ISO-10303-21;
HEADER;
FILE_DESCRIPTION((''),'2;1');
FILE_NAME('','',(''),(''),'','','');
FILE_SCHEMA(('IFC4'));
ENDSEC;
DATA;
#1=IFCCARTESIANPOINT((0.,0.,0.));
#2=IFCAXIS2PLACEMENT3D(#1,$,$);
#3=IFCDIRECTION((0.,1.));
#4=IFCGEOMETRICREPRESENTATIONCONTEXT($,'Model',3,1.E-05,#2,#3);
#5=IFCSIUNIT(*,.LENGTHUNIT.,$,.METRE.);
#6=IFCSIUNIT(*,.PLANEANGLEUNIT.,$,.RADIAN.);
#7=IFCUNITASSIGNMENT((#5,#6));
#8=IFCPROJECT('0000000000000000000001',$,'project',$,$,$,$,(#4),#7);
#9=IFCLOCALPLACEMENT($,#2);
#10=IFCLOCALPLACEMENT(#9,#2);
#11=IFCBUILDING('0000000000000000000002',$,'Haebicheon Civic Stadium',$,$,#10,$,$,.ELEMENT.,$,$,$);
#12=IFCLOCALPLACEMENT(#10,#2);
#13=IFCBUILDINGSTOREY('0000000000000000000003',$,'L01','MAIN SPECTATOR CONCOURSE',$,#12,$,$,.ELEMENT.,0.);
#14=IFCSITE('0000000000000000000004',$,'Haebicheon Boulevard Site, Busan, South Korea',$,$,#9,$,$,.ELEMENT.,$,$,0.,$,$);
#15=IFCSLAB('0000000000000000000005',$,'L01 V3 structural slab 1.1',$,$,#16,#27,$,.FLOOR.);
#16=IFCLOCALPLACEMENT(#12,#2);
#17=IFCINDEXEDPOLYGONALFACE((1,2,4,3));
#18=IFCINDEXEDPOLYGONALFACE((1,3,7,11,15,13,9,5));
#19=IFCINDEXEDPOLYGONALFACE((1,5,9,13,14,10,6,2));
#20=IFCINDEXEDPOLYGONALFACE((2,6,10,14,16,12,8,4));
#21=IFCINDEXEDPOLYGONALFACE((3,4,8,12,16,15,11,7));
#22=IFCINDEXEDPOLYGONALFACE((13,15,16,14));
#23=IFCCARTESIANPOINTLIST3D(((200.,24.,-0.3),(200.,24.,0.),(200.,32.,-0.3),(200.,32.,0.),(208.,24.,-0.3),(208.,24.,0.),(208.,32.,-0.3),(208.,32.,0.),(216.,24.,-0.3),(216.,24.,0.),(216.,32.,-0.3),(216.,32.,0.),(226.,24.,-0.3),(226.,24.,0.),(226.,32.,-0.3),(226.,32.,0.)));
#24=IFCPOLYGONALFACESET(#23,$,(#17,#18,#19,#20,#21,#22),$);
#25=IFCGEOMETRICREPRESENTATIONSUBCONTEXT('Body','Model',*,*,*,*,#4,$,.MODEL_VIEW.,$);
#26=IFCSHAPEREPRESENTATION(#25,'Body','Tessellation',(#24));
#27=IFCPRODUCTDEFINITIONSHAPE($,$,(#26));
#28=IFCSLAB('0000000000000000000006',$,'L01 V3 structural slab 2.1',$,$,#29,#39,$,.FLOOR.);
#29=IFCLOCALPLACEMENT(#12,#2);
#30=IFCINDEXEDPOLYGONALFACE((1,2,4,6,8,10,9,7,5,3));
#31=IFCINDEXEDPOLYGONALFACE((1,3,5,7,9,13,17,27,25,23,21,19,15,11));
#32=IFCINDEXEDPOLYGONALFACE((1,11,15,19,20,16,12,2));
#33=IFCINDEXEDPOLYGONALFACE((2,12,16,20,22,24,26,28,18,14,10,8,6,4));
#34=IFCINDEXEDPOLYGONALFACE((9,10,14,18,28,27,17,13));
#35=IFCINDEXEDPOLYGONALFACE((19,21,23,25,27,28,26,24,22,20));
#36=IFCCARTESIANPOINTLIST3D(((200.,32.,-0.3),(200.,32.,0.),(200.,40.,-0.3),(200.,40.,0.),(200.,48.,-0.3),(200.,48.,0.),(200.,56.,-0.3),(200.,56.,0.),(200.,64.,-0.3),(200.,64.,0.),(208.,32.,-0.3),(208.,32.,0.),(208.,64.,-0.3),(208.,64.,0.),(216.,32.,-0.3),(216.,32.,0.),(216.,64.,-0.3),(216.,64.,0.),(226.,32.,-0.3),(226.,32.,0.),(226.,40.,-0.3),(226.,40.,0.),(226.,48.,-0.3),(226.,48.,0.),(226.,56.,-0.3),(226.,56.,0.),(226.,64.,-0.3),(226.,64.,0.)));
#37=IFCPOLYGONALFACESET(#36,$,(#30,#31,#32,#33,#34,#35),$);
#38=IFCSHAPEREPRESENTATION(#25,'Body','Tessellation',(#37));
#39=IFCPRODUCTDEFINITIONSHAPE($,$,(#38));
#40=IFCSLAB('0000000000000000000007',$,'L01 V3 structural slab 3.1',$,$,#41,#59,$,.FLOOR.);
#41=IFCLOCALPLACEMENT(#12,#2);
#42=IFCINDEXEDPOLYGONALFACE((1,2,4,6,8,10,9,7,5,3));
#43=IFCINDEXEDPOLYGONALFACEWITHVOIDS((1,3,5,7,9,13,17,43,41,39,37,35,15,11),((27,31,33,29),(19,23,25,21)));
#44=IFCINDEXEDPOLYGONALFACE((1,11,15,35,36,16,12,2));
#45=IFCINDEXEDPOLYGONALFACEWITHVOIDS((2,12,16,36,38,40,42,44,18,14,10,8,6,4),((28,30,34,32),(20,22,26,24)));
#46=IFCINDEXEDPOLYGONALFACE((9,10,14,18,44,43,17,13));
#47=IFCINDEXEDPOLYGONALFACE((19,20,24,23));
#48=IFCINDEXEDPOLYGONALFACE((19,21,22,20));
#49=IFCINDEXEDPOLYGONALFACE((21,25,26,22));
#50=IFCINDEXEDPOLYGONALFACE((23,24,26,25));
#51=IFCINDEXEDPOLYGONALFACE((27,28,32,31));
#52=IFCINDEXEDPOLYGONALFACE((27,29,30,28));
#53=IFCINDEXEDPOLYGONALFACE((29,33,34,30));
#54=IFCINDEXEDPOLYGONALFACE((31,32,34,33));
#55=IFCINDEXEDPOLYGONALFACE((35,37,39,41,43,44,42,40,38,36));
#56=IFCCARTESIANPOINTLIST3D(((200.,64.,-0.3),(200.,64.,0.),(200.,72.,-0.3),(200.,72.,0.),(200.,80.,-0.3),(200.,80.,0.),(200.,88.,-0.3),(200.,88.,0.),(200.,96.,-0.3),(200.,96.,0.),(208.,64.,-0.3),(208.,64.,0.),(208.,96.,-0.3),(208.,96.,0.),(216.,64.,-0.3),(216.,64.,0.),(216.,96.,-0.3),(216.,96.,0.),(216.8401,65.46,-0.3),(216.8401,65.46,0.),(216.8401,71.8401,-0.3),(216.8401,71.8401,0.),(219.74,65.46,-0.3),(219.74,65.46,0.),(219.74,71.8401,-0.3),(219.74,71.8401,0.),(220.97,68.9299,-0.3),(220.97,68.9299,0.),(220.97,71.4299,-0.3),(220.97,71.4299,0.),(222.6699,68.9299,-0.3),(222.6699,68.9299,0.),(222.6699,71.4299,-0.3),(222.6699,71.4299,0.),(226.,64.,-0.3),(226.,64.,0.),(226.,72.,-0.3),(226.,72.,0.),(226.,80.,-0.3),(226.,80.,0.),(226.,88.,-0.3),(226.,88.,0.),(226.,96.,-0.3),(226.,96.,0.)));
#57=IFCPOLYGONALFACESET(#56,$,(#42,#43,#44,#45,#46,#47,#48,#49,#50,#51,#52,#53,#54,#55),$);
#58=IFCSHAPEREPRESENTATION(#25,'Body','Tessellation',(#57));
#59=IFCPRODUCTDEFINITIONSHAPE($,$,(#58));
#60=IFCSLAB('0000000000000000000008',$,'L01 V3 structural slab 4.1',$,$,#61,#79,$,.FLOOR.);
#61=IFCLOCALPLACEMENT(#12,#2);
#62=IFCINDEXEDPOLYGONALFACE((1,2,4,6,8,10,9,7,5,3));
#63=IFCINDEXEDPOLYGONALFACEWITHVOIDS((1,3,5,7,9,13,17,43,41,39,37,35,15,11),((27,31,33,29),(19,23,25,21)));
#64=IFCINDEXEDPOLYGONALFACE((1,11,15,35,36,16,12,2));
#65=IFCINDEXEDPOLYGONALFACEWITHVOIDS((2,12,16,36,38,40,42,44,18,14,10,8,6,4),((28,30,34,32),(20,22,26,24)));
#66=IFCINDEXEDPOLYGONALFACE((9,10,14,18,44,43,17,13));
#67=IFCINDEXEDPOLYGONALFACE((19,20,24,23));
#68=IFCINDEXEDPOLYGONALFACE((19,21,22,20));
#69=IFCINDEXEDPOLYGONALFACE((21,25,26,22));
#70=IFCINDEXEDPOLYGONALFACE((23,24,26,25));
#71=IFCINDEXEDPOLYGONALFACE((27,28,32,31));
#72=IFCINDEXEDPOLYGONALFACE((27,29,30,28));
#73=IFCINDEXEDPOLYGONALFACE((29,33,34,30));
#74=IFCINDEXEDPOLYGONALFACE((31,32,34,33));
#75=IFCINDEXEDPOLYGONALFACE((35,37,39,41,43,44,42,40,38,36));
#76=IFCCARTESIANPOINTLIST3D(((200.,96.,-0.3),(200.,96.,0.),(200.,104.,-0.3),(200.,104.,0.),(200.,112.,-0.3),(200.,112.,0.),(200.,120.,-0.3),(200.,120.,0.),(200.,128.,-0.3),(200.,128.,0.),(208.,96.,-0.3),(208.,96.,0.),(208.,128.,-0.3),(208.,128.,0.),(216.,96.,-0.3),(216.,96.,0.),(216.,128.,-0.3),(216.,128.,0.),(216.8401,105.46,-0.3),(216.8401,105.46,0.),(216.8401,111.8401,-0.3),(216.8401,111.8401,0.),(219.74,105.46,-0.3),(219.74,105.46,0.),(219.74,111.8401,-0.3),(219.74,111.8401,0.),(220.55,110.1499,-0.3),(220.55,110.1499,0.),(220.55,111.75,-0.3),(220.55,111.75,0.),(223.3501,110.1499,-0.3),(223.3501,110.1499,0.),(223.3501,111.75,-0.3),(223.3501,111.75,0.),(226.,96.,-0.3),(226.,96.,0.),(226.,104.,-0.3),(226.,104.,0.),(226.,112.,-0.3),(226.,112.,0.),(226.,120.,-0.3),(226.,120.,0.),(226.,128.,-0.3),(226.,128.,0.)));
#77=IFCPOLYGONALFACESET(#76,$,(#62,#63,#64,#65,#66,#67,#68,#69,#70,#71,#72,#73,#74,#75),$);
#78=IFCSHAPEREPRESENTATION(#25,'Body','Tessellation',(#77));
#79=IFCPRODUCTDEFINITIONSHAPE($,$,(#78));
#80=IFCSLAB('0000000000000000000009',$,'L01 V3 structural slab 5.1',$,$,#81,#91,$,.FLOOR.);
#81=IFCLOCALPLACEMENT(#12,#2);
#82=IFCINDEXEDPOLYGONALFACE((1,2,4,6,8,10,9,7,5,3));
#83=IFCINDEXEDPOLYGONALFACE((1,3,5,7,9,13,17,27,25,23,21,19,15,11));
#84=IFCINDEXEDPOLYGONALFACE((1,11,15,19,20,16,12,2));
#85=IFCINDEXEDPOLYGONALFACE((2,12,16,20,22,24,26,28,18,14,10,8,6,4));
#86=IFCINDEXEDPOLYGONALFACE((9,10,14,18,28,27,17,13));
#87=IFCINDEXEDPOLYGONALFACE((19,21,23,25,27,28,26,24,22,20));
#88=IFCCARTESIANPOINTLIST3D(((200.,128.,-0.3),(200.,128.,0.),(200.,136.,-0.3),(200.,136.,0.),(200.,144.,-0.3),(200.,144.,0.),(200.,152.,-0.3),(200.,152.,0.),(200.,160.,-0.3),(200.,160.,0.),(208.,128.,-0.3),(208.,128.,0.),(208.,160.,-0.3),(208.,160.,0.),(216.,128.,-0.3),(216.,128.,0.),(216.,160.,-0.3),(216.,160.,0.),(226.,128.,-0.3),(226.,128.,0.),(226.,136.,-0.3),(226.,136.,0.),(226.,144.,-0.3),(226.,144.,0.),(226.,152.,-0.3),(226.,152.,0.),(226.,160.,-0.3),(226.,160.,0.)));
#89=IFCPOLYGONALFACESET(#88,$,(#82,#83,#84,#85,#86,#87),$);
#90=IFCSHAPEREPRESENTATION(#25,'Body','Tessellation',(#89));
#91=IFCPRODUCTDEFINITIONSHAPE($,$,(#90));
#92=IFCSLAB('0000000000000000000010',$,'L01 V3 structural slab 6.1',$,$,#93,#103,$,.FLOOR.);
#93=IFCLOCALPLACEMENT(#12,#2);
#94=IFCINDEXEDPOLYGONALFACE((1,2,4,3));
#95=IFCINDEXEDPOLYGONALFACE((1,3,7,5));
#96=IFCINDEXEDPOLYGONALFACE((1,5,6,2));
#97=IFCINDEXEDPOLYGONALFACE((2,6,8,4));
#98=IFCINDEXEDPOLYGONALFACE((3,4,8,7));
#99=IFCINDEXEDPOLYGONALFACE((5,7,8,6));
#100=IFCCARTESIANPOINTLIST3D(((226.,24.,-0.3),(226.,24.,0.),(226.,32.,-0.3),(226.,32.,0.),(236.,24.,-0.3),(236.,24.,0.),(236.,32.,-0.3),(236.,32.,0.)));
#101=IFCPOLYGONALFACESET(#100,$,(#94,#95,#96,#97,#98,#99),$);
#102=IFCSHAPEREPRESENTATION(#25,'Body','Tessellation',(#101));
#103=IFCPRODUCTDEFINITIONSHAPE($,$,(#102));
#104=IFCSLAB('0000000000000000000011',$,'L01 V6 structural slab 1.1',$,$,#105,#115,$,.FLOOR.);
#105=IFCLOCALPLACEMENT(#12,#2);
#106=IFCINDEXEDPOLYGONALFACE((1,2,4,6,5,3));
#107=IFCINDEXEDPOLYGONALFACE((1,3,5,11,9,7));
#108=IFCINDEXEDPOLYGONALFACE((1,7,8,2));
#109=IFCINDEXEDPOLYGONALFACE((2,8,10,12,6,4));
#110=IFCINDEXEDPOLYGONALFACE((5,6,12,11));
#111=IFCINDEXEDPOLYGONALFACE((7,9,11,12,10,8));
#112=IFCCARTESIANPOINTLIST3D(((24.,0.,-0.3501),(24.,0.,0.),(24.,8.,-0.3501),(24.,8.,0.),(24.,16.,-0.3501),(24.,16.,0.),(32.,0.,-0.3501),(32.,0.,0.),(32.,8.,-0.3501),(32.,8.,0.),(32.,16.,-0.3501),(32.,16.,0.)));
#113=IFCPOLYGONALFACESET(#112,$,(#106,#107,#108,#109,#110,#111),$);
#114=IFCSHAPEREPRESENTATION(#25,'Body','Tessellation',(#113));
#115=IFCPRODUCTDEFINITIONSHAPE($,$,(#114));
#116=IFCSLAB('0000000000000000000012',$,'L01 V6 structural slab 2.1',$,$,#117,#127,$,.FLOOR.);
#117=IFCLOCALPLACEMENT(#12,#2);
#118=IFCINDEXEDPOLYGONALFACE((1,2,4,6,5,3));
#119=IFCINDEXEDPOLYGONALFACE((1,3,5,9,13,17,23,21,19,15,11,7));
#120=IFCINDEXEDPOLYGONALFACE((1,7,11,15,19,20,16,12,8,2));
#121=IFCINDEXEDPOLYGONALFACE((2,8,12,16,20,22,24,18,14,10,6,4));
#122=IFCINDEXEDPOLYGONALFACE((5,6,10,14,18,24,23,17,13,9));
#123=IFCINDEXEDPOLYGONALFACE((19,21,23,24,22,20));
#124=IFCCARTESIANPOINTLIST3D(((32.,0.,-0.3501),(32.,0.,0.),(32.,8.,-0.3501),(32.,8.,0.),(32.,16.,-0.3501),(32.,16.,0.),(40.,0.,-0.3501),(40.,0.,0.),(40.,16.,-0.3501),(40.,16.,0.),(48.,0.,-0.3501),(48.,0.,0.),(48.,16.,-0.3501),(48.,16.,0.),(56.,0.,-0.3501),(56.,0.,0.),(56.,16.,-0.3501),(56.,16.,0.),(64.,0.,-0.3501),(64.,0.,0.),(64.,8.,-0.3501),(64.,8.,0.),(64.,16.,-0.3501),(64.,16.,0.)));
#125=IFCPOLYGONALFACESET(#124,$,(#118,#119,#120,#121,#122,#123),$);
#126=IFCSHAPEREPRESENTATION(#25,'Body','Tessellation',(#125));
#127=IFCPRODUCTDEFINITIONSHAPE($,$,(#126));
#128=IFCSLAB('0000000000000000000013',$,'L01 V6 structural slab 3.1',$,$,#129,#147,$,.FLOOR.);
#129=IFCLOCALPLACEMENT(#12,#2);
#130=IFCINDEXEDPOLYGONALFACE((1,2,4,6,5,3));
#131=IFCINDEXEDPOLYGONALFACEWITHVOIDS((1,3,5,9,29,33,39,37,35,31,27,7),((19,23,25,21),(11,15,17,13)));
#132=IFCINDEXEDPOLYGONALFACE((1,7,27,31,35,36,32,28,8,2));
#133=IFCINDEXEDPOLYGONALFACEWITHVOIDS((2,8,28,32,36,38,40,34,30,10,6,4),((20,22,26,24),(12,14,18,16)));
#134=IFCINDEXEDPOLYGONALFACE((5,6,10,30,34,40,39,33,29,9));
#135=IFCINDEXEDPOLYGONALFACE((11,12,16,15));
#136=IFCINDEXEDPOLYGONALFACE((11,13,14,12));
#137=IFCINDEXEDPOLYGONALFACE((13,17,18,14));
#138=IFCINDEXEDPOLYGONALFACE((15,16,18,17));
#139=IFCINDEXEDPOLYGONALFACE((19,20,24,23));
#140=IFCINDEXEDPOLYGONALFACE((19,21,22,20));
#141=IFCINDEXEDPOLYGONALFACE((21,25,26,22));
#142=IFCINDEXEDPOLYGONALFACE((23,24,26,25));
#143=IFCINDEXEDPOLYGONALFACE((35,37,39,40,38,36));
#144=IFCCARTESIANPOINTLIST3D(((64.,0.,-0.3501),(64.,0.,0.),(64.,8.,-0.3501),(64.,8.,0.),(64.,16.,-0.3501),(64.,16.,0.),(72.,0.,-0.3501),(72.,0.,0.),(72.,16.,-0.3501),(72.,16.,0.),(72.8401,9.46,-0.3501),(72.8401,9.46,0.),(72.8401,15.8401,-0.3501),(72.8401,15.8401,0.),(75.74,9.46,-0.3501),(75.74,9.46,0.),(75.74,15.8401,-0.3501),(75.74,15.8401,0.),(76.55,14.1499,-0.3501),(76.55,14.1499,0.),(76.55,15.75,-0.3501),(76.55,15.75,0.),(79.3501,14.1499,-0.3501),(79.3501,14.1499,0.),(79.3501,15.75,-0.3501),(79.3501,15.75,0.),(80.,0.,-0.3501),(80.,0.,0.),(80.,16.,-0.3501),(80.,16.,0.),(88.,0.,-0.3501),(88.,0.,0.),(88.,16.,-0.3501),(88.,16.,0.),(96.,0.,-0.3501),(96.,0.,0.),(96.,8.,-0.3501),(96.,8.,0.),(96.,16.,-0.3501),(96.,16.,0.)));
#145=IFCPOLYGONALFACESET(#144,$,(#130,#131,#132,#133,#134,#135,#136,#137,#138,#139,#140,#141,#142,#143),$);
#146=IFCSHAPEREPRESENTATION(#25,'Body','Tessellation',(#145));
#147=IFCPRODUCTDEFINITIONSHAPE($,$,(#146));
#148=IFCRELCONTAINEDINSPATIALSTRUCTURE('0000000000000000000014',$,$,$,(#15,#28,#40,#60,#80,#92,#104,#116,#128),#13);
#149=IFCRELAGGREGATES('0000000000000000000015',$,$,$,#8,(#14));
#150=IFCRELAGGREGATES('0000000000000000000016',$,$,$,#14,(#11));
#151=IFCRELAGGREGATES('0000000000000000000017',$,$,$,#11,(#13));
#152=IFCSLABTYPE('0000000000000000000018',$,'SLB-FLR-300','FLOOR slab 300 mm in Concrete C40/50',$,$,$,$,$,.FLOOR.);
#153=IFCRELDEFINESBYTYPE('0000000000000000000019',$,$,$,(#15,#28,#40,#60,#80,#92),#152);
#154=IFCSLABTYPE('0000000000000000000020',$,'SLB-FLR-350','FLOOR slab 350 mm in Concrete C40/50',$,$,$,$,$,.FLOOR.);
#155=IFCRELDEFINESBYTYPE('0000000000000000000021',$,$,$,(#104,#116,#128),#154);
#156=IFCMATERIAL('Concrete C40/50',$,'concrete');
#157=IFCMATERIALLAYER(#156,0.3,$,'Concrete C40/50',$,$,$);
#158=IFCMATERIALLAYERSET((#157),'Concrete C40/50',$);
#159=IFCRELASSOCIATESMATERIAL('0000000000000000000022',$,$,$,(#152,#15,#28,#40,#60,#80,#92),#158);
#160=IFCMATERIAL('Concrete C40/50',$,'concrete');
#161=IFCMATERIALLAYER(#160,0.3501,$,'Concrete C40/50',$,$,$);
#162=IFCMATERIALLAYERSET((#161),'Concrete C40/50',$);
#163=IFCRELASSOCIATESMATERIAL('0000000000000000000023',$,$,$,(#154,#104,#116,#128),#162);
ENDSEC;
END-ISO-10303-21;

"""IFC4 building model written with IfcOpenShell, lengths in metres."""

from ifc_helpers import new_model, si_unit, direction, frame, origin, place, context, subcontext, project, spatial, polyline, outline, extrude, material, layer, layer_set, type_object, element, save


model = new_model("IFC4")

# Units and contexts
model_context = context("Model", 3, precision=1e-05, world=origin(), true_north=direction((0.0, 1.0)))
body_context = subcontext(model_context, "Body", "Model", "MODEL_VIEW")
ifc_project = project(units=[si_unit("LENGTHUNIT", "METRE"), si_unit("PLANEANGLEUNIT", "RADIAN")], contexts=[model_context])

# Site, building, storey
site_placement = place(None, origin())
site = spatial("IfcSite", under=ifc_project, at=site_placement, Name="Haebicheon Boulevard Site, Busan, South Korea", CompositionType="ELEMENT", RefElevation=0.0)
building_placement = place(site_placement, origin())
building = spatial("IfcBuilding", under=site, at=building_placement, Name="Haebicheon Civic Stadium", CompositionType="ELEMENT")
storey_placement = place(building_placement, origin())
storey = spatial("IfcBuildingStorey", under=building, at=storey_placement, Name="L01", Description="MAIN SPECTATOR CONCOURSE", CompositionType="ELEMENT", Elevation=0.0)

# Slabs
ifc_material_1 = material(Name="Concrete C40/50", Category="concrete")
ifc_layer_1 = layer(ifc_material_1, 0.3, Name="Concrete C40/50")
ifc_layer_set_1 = layer_set([ifc_layer_1], Name="Concrete C40/50")
slab_type_1 = type_object("IfcSlabType", Name="SLB-FLR-300", Description="FLOOR slab 300 mm in Concrete C40/50", PredefinedType="FLOOR", material=ifc_layer_set_1)
slab_1_placement = place(storey_placement, frame((0.0, 0.0, -0.3)))
element("IfcSlab", 1, at=slab_1_placement, inside=storey, type_object=slab_type_1, material=ifc_layer_set_1, Name="L01 V3 structural slab 1.1", PredefinedType="FLOOR", context=body_context, shape_type="SweptSolid", body=[
    extrude(outline(polyline([(200.0, 24.0), (200.0, 32.0), (208.0, 32.0), (216.0, 32.0), (226.0, 32.0), (226.0, 24.0), (216.0, 24.0), (208.0, 24.0), (200.0, 24.0)])), origin(), (0.0, 0.0, 1.0), 0.3),
])
slab_2_placement = place(storey_placement, frame((0.0, 0.0, -0.3)))
element("IfcSlab", 2, at=slab_2_placement, inside=storey, type_object=slab_type_1, material=ifc_layer_set_1, Name="L01 V3 structural slab 2.1", PredefinedType="FLOOR", context=body_context, shape_type="SweptSolid", body=[
    extrude(outline(polyline([(200.0, 48.0), (200.0, 56.0), (200.0, 64.0), (208.0, 64.0), (216.0, 64.0), (226.0, 64.0), (226.0, 56.0), (226.0, 48.0), (226.0, 40.0), (226.0, 32.0), (216.0, 32.0), (208.0, 32.0), (200.0, 32.0), (200.0, 40.0), (200.0, 48.0)])), origin(), (0.0, 0.0, 1.0), 0.3),
])
slab_3_placement = place(storey_placement, frame((0.0, 0.0, -0.3)))
element("IfcSlab", 3, at=slab_3_placement, inside=storey, type_object=slab_type_1, material=ifc_layer_set_1, Name="L01 V3 structural slab 3.1", PredefinedType="FLOOR", context=body_context, shape_type="SweptSolid", body=[
    extrude(outline(polyline([(200.0, 80.0), (200.0, 88.0), (200.0, 96.0), (208.0, 96.0), (216.0, 96.0), (226.0, 96.0), (226.0, 88.0), (226.0, 80.0), (226.0, 72.0), (226.0, 64.0), (216.0, 64.0), (208.0, 64.0), (200.0, 64.0), (200.0, 72.0), (200.0, 80.0)]), holes=[polyline([(216.8401, 65.46), (219.74, 65.46), (219.74, 71.8401), (216.8401, 71.8401), (216.8401, 65.46)]), polyline([(220.97, 68.9299), (222.6699, 68.9299), (222.6699, 71.4299), (220.97, 71.4299), (220.97, 68.9299)])]), origin(), (0.0, 0.0, 1.0), 0.3),
])
slab_4_placement = place(storey_placement, frame((0.0, 0.0, -0.3)))
element("IfcSlab", 4, at=slab_4_placement, inside=storey, type_object=slab_type_1, material=ifc_layer_set_1, Name="L01 V3 structural slab 4.1", PredefinedType="FLOOR", context=body_context, shape_type="SweptSolid", body=[
    extrude(outline(polyline([(200.0, 112.0), (200.0, 120.0), (200.0, 128.0), (208.0, 128.0), (216.0, 128.0), (226.0, 128.0), (226.0, 120.0), (226.0, 112.0), (226.0, 104.0), (226.0, 96.0), (216.0, 96.0), (208.0, 96.0), (200.0, 96.0), (200.0, 104.0), (200.0, 112.0)]), holes=[polyline([(216.8401, 105.46), (219.74, 105.46), (219.74, 111.8401), (216.8401, 111.8401), (216.8401, 105.46)]), polyline([(220.55, 110.1499), (223.3501, 110.1499), (223.3501, 111.75), (220.55, 111.75), (220.55, 110.1499)])]), origin(), (0.0, 0.0, 1.0), 0.3),
])
slab_5_placement = place(storey_placement, frame((0.0, 0.0, -0.3)))
element("IfcSlab", 5, at=slab_5_placement, inside=storey, type_object=slab_type_1, material=ifc_layer_set_1, Name="L01 V3 structural slab 5.1", PredefinedType="FLOOR", context=body_context, shape_type="SweptSolid", body=[
    extrude(outline(polyline([(200.0, 144.0), (200.0, 152.0), (200.0, 160.0), (208.0, 160.0), (216.0, 160.0), (226.0, 160.0), (226.0, 152.0), (226.0, 144.0), (226.0, 136.0), (226.0, 128.0), (216.0, 128.0), (208.0, 128.0), (200.0, 128.0), (200.0, 136.0), (200.0, 144.0)])), origin(), (0.0, 0.0, 1.0), 0.3),
])
slab_6_placement = place(storey_placement, frame((0.0, 0.0, -0.3)))
element("IfcSlab", 6, at=slab_6_placement, inside=storey, type_object=slab_type_1, material=ifc_layer_set_1, Name="L01 V3 structural slab 6.1", PredefinedType="FLOOR", context=body_context, shape_type="SweptSolid", body=[
    extrude(outline(polyline([(236.0, 24.0), (226.0, 24.0), (226.0, 32.0), (236.0, 32.0), (236.0, 24.0)])), origin(), (0.0, 0.0, 1.0), 0.3),
])
ifc_material_2 = material(Name="Concrete C40/50", Category="concrete")
ifc_layer_2 = layer(ifc_material_2, 0.3501, Name="Concrete C40/50")
ifc_layer_set_2 = layer_set([ifc_layer_2], Name="Concrete C40/50")
slab_type_2 = type_object("IfcSlabType", Name="SLB-FLR-350", Description="FLOOR slab 350 mm in Concrete C40/50", PredefinedType="FLOOR", material=ifc_layer_set_2)
slab_7_placement = place(storey_placement, frame((0.0, 0.0, -0.3501)))
element("IfcSlab", 7, at=slab_7_placement, inside=storey, type_object=slab_type_2, material=ifc_layer_set_2, Name="L01 V6 structural slab 1.1", PredefinedType="FLOOR", context=body_context, shape_type="SweptSolid", body=[
    extrude(outline(polyline([(32.0, 0.0), (24.0, 0.0), (24.0, 8.0), (24.0, 16.0), (32.0, 16.0), (32.0, 8.0), (32.0, 0.0)])), origin(), (0.0, 0.0, 1.0), 0.3501),
])
slab_8_placement = place(storey_placement, frame((0.0, 0.0, -0.3501)))
element("IfcSlab", 8, at=slab_8_placement, inside=storey, type_object=slab_type_2, material=ifc_layer_set_2, Name="L01 V6 structural slab 2.1", PredefinedType="FLOOR", context=body_context, shape_type="SweptSolid", body=[
    extrude(outline(polyline([(64.0, 0.0), (56.0, 0.0), (48.0, 0.0), (40.0, 0.0), (32.0, 0.0), (32.0, 8.0), (32.0, 16.0), (40.0, 16.0), (48.0, 16.0), (56.0, 16.0), (64.0, 16.0), (64.0, 8.0), (64.0, 0.0)])), origin(), (0.0, 0.0, 1.0), 0.3501),
])
slab_9_placement = place(storey_placement, frame((0.0, 0.0, -0.3501)))
element("IfcSlab", 9, at=slab_9_placement, inside=storey, type_object=slab_type_2, material=ifc_layer_set_2, Name="L01 V6 structural slab 3.1", PredefinedType="FLOOR", context=body_context, shape_type="SweptSolid", body=[
    extrude(outline(polyline([(96.0, 0.0), (88.0, 0.0), (80.0, 0.0), (72.0, 0.0), (64.0, 0.0), (64.0, 8.0), (64.0, 16.0), (72.0, 16.0), (80.0, 16.0), (88.0, 16.0), (96.0, 16.0), (96.0, 8.0), (96.0, 0.0)]), holes=[polyline([(72.8401, 9.46), (75.74, 9.46), (75.74, 15.8401), (72.8401, 15.8401), (72.8401, 9.46)]), polyline([(76.55, 14.1499), (79.3501, 14.1499), (79.3501, 15.75), (76.55, 15.75), (76.55, 14.1499)])]), origin(), (0.0, 0.0, 1.0), 0.3501),
])

save(model, "model.ifc")
